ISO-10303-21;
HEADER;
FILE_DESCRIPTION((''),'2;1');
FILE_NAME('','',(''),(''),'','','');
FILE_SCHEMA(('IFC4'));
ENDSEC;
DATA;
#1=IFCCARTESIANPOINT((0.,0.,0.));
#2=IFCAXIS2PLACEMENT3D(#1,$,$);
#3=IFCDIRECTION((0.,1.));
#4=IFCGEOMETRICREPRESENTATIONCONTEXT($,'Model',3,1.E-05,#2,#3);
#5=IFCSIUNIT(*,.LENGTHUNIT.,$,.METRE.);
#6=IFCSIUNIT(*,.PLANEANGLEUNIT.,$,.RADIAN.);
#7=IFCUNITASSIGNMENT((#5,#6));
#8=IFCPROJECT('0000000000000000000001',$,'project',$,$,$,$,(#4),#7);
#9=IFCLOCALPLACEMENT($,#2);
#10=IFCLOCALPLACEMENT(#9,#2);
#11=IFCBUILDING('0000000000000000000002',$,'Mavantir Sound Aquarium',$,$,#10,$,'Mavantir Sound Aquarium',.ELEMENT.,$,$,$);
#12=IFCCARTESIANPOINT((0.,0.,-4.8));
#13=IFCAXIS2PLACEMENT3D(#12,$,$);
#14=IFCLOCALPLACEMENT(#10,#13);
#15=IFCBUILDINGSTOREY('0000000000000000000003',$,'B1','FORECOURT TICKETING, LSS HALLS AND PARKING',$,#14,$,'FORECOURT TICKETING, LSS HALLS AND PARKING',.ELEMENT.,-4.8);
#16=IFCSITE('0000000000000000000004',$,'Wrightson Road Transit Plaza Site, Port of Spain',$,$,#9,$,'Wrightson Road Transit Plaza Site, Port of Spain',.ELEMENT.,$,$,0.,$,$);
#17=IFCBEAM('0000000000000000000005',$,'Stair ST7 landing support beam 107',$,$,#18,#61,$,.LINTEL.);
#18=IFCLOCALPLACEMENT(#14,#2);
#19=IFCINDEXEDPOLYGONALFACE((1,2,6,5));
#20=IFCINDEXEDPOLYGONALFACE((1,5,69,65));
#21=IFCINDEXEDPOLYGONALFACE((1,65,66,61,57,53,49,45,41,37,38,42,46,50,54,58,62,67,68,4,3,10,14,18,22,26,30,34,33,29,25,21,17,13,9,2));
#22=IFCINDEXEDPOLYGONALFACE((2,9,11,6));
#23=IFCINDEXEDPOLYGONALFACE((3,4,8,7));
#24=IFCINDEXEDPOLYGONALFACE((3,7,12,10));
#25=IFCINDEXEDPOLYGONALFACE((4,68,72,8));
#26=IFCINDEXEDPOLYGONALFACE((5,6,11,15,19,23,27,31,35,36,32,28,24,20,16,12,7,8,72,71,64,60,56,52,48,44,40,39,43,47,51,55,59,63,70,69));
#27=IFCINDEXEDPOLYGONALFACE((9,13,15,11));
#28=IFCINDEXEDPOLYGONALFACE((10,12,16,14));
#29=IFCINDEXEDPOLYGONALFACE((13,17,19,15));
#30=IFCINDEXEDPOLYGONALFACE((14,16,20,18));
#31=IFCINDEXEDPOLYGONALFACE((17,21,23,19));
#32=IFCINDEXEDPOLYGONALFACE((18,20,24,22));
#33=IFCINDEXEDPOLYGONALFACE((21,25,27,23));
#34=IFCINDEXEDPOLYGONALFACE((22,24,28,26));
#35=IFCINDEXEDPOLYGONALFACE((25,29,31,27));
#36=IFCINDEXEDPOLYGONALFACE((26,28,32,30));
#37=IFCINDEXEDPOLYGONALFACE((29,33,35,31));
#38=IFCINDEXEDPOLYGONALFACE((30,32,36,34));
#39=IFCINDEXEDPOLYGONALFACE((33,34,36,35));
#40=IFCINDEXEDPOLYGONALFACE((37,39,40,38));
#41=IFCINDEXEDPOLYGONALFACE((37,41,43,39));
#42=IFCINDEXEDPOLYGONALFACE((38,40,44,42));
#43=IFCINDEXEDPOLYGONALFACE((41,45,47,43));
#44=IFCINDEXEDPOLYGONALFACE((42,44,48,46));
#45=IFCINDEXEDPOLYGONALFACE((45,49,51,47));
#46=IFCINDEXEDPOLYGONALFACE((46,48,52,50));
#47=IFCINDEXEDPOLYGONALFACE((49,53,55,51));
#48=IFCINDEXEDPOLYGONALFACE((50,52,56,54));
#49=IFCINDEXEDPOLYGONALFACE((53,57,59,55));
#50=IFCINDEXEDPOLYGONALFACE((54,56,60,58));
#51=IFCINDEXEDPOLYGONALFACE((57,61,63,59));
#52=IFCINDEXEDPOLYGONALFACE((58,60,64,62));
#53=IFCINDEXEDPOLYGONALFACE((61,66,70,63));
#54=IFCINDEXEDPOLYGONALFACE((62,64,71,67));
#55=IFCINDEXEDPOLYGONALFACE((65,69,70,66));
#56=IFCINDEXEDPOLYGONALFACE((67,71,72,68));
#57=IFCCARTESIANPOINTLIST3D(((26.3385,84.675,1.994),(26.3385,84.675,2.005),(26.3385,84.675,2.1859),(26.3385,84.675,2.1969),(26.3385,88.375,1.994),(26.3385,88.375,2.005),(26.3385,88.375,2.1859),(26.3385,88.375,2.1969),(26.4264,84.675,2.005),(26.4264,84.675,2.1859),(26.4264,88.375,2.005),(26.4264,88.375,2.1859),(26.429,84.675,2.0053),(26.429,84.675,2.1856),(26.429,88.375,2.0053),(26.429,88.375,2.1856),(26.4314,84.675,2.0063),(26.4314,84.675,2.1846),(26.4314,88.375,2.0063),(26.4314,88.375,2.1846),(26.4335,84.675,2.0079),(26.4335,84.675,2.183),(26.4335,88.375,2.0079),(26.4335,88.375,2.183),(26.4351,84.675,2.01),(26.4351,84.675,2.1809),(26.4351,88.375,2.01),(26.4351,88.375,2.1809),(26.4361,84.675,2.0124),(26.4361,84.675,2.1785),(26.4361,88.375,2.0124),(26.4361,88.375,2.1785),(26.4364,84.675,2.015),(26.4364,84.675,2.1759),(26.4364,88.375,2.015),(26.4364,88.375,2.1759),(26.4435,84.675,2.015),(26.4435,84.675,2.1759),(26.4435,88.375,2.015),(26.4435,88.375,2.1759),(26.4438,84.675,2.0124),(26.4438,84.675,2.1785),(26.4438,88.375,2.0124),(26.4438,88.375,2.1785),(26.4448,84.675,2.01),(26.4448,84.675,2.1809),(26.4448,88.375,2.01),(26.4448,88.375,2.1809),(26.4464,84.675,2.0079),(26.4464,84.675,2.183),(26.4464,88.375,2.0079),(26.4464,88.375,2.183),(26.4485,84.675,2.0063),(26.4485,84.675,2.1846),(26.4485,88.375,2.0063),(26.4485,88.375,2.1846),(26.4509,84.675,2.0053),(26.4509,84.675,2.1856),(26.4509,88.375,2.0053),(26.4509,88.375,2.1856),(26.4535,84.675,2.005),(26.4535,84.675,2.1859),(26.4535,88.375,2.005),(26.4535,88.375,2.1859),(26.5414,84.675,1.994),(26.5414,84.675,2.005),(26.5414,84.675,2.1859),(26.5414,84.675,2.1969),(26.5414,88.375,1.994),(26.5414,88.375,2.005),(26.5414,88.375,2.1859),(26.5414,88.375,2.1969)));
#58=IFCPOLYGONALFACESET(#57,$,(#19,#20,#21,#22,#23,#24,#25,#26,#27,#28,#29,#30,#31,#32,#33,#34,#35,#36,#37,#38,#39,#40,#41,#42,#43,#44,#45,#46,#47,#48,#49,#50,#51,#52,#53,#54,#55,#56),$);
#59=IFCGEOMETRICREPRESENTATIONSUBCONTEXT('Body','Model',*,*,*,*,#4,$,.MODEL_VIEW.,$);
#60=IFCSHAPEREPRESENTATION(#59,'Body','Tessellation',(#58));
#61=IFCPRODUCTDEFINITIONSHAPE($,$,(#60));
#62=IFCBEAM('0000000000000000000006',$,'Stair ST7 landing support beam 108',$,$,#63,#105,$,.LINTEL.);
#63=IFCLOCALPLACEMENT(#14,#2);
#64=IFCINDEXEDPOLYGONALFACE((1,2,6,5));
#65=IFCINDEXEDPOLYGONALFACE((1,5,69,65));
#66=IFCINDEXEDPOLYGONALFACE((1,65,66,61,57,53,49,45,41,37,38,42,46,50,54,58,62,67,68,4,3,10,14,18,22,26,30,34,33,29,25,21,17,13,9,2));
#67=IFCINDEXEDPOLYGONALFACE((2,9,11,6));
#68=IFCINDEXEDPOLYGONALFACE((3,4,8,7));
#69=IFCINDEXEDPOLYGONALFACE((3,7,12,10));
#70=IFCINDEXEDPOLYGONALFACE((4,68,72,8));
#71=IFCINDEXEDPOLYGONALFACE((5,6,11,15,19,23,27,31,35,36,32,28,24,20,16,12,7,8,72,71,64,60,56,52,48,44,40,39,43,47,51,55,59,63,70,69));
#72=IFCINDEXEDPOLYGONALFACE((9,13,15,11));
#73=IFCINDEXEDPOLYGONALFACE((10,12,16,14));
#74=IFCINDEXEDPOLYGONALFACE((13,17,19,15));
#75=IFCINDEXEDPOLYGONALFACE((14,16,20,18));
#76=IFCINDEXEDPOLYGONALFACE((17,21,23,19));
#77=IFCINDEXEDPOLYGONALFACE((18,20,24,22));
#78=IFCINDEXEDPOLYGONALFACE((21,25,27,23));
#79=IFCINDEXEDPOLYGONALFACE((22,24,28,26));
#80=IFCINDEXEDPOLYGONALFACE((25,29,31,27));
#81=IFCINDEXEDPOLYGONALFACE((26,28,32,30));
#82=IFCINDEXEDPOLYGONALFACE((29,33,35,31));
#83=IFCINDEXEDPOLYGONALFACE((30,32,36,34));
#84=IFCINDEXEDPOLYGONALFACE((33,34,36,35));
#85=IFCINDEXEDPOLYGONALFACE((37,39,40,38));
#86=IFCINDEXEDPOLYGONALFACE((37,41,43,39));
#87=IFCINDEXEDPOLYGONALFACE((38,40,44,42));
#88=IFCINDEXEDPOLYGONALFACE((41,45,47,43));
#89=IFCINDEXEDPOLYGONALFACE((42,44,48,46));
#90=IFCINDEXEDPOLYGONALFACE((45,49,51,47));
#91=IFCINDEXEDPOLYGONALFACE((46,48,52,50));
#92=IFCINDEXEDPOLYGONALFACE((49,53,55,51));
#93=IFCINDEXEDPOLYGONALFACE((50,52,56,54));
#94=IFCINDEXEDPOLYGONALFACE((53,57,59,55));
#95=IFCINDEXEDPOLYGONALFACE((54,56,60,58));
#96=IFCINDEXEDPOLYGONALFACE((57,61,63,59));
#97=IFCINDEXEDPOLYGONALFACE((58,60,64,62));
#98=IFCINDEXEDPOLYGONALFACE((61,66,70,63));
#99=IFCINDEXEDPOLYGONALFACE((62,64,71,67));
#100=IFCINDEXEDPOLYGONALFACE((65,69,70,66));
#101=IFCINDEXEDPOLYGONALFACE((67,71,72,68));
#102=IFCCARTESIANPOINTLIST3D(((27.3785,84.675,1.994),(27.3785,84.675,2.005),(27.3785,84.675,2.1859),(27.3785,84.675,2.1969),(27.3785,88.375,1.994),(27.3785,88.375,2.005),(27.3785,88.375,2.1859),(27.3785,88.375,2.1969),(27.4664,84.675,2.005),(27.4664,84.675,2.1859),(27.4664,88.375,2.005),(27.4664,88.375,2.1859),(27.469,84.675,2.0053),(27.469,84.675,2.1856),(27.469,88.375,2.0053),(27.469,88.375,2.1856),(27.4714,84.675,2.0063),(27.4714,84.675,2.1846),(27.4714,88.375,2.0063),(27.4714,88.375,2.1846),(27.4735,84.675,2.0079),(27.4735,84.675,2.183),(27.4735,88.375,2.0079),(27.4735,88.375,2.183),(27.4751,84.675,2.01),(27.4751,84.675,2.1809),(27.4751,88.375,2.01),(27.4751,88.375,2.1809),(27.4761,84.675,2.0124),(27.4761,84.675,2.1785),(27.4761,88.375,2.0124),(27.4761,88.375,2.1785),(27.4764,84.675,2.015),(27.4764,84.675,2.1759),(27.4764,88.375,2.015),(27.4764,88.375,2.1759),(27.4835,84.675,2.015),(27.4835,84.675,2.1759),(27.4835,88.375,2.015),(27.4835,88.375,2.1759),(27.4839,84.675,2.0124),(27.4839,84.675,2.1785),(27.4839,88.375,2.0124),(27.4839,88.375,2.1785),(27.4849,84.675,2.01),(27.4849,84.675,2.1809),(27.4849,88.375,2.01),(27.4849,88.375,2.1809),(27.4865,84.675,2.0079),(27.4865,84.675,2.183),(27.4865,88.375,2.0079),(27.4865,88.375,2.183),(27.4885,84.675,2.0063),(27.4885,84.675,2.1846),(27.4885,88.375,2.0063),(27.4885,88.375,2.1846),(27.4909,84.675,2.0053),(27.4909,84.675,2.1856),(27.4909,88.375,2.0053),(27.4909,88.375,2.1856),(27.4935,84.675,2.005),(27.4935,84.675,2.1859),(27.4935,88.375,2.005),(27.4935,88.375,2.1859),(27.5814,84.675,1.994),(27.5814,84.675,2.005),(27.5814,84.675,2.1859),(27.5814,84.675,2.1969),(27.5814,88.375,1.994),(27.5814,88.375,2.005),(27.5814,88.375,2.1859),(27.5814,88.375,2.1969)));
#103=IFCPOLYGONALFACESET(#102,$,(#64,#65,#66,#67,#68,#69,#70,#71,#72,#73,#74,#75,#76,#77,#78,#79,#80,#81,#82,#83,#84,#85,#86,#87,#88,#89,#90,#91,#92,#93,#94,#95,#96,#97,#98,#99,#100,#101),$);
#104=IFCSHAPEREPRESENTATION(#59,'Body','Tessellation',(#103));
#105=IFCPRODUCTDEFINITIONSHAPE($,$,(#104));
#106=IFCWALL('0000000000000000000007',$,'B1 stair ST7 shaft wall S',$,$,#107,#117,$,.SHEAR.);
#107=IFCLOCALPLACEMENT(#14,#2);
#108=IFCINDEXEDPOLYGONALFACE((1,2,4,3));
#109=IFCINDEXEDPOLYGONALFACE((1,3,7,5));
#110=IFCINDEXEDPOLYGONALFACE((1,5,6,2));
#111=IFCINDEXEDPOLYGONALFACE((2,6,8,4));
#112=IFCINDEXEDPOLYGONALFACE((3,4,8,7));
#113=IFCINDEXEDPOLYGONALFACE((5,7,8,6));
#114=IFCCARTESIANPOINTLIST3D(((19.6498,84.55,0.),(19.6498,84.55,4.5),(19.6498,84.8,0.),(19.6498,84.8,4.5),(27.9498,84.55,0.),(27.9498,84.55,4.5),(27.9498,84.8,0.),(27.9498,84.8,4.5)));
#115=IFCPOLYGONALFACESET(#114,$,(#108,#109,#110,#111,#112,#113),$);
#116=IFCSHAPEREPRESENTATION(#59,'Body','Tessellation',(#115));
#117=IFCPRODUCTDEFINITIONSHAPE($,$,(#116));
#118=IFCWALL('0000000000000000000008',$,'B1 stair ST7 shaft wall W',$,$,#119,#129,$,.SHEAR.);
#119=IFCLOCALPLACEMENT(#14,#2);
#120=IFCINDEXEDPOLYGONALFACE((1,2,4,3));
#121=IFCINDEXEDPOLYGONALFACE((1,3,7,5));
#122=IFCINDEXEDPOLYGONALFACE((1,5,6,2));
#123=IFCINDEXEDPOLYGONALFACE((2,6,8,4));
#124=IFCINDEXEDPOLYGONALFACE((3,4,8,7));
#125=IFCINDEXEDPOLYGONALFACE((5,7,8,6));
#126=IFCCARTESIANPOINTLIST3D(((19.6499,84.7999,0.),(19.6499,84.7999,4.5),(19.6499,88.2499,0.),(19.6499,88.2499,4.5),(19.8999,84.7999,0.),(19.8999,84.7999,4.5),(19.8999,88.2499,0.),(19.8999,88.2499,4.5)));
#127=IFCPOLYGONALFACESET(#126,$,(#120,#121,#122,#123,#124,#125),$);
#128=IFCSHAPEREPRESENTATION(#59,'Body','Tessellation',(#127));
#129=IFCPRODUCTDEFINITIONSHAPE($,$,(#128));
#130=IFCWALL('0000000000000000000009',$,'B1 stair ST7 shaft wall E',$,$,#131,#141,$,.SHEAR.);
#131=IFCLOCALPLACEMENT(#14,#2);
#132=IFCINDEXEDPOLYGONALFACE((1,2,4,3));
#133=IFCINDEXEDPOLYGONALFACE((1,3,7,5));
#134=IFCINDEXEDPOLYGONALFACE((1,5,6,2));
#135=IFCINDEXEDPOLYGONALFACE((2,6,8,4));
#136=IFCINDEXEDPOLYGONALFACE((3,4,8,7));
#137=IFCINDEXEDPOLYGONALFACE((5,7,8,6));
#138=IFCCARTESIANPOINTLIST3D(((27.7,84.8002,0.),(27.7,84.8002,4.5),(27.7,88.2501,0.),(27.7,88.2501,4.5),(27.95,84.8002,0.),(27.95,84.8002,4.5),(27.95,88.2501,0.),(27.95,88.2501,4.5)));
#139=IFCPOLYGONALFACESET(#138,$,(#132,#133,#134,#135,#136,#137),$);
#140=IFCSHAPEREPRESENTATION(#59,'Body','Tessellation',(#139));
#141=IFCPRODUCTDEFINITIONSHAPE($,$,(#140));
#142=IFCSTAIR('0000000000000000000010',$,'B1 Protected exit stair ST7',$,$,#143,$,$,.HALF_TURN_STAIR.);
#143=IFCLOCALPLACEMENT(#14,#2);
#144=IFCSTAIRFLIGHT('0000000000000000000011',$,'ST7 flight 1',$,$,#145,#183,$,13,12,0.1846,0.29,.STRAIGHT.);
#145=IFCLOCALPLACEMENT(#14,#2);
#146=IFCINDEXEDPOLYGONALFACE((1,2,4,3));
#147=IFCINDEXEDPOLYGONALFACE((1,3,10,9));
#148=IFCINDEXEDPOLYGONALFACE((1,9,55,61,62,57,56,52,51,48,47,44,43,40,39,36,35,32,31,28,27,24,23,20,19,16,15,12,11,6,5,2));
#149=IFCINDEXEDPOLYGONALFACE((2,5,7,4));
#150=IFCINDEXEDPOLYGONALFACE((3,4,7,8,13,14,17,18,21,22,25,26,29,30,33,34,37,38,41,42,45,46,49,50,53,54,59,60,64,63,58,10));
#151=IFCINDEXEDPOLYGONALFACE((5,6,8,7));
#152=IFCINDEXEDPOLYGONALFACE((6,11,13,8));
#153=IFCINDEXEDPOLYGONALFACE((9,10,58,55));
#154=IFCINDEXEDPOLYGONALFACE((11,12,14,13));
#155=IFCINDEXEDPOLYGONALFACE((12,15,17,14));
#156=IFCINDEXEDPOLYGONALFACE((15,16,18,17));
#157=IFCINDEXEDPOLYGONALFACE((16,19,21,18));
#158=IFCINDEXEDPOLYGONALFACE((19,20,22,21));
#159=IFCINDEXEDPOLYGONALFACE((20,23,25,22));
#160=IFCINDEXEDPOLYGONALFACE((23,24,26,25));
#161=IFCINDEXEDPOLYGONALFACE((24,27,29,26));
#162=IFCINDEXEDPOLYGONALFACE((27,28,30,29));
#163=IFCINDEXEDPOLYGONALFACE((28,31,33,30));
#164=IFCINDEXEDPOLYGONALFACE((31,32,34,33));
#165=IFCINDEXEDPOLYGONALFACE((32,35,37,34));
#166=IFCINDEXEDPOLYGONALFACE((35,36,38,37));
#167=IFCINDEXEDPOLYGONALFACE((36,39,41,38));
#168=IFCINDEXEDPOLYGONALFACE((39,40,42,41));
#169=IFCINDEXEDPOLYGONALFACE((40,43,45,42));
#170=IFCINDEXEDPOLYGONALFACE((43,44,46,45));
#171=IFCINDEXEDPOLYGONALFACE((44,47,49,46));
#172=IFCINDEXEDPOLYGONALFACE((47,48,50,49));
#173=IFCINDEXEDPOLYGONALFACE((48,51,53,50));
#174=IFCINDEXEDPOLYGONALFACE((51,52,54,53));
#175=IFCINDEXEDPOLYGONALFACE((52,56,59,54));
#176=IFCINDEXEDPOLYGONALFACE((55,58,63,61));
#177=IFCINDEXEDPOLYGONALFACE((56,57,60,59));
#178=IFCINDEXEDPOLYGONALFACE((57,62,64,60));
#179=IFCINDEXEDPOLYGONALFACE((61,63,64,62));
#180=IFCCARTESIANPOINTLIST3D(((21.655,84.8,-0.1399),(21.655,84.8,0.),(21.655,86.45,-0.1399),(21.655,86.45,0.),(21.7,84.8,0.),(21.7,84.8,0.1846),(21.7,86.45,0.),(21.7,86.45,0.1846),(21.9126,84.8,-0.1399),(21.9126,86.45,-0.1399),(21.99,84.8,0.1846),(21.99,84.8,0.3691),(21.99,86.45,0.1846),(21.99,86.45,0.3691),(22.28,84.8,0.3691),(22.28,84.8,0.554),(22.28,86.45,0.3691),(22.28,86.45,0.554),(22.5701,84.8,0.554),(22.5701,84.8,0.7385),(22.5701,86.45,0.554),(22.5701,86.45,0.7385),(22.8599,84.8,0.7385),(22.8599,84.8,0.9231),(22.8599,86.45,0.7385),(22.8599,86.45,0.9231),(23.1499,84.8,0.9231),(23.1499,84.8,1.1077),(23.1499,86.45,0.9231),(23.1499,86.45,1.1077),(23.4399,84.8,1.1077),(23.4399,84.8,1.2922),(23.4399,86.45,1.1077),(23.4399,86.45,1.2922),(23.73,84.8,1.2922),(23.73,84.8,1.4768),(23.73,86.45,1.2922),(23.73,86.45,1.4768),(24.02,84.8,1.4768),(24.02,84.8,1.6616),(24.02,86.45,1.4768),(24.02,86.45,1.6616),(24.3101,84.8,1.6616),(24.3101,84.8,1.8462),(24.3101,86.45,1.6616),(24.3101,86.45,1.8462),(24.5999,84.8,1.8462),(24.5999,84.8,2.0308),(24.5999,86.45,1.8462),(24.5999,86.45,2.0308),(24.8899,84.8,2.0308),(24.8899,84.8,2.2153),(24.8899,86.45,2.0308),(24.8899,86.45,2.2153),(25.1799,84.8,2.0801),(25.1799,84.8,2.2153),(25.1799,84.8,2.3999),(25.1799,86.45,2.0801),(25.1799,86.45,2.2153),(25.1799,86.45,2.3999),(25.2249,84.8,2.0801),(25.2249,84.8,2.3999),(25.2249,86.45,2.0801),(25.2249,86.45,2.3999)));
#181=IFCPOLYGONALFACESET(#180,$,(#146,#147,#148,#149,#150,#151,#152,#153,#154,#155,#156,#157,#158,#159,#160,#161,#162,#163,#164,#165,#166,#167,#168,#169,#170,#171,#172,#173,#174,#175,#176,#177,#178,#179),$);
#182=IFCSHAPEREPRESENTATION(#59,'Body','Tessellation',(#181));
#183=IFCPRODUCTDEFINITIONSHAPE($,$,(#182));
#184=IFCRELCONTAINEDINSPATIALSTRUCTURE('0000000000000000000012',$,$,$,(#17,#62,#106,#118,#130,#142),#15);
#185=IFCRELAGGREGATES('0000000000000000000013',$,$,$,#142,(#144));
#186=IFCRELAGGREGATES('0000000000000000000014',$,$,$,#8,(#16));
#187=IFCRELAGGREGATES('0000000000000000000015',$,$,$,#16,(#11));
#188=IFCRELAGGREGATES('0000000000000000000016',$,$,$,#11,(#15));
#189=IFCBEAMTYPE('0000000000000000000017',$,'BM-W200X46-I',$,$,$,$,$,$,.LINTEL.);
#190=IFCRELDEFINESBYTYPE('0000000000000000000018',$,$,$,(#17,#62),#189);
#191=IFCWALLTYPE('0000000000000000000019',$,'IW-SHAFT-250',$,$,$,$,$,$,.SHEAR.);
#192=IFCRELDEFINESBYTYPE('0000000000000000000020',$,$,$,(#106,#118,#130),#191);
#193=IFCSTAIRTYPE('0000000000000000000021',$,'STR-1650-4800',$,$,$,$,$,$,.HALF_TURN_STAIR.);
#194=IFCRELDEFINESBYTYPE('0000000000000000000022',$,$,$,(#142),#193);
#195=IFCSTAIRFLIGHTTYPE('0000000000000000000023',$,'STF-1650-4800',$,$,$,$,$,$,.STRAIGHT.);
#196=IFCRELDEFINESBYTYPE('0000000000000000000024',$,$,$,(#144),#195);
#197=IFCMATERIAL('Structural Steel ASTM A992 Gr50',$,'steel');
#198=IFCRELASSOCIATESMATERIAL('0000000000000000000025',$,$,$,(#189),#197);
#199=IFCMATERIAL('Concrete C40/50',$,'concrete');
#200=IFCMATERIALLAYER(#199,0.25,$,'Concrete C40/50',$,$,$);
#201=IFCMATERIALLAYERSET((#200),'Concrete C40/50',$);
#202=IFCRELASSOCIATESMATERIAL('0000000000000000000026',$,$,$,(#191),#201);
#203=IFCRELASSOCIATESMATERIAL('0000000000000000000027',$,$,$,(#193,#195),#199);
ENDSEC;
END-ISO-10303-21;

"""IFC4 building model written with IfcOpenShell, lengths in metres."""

from ifc_helpers import new_model, si_unit, direction, frame, frame_2d, origin, origin_2d, place, context, subcontext, project, spatial, polyline, rectangle, i_section, outline, extrude, material, layer, layer_set, material_profile, profile_set, type_object, element, aggregate, save


model = new_model("IFC4")

# Units and contexts
model_context = context("Model", 3, precision=1e-05, world=origin(), true_north=direction((0.0, 1.0)))
body_context = subcontext(model_context, "Body", "Model", "MODEL_VIEW")
ifc_project = project(units=[si_unit("LENGTHUNIT", "METRE"), si_unit("PLANEANGLEUNIT", "RADIAN")], contexts=[model_context])

# Site, building, storey
site_placement = place(None, origin())
site = spatial("IfcSite", under=ifc_project, at=site_placement, Name="Wrightson Road Transit Plaza Site, Port of Spain", LongName="Wrightson Road Transit Plaza Site, Port of Spain", CompositionType="ELEMENT", RefElevation=0.0)
building_placement = place(site_placement, origin())
building = spatial("IfcBuilding", under=site, at=building_placement, Name="Mavantir Sound Aquarium", LongName="Mavantir Sound Aquarium", CompositionType="ELEMENT")
storey_placement = place(building_placement, frame((0.0, 0.0, -4.8)))
storey = spatial("IfcBuildingStorey", under=building, at=storey_placement, Name="B1", Description="FORECOURT TICKETING, LSS HALLS AND PARKING", LongName="FORECOURT TICKETING, LSS HALLS AND PARKING", CompositionType="ELEMENT", Elevation=-4.8)

# Shared definitions
ifc_material_1 = material(Name="Concrete C40/50", Category="concrete")

# Beams
ifc_material_2 = material(Name="Structural Steel ASTM A992 Gr50", Category="steel")
ifc_material_profile_1 = material_profile(ifc_material_2, i_section(OverallWidth=0.2029, OverallDepth=0.2029, WebThickness=0.0071, FlangeThickness=0.011, FilletRadius=0.01, at=origin_2d()), Name="W200X46")
ifc_profile_set_1 = profile_set([ifc_material_profile_1], Name="Structural Steel ASTM A992 Gr50")
beam_type_1 = type_object("IfcBeamType", Name="BM-W200X46-I", PredefinedType="LINTEL", material=ifc_profile_set_1)
for number, where, z_axis, x_axis, name in (
    (1, (26.4399, 84.675, 2.0955), (0.0, 1.0, 0.0), (-1.0, 0.0, 0.0), "Stair ST7 landing support beam 107"),
    (2, (27.48, 84.675, 2.0955), (0.0, 1.0, 0.0), (-1.0, 0.0, 0.0), "Stair ST7 landing support beam 108"),
):
    element("IfcBeam", number, at=place(storey_placement, frame(where, z_axis=z_axis, x_axis=x_axis)), inside=storey, type_object=beam_type_1, Name=name, PredefinedType="LINTEL", context=body_context, shape_type="SweptSolid", body=[
        extrude(i_section(OverallWidth=0.2029, OverallDepth=0.2029, WebThickness=0.0071, FlangeThickness=0.011, FilletRadius=0.01, at=origin_2d()), origin(), (0.0, 0.0, 1.0), 3.7),
    ])

# Walls
ifc_layer = layer(ifc_material_1, 0.25, Name="Concrete C40/50")
ifc_layer_set = layer_set([ifc_layer], Name="Concrete C40/50")
wall_type = type_object("IfcWallType", Name="IW-SHAFT-250", PredefinedType="SHEAR", material=ifc_layer_set)
wall_placement = place(storey_placement, frame((19.6499, 84.675, 0.0), z_axis=(0.0, 0.0, 1.0), x_axis=(1.0, 0.0, 0.0)))
element("IfcWall", 3, at=wall_placement, inside=storey, type_object=wall_type, Name="B1 stair ST7 shaft wall S", PredefinedType="SHEAR", context=body_context, shape_type="SweptSolid", body=[
    extrude(rectangle(XDim=8.3, YDim=0.25, at=frame_2d((4.1499, 0.0))), origin(), (0.0, 0.0, 1.0), 4.5),
])
for number, where, z_axis, x_axis, name in (
    (4, (19.7749, 88.25, 0.0), (0.0, 0.0, 1.0), (0.0, -1.0, 0.0), "B1 stair ST7 shaft wall W"),
    (5, (27.825, 84.8, 0.0), (0.0, 0.0, 1.0), (0.0, 1.0, 0.0), "B1 stair ST7 shaft wall E"),
):
    element("IfcWall", number, at=place(storey_placement, frame(where, z_axis=z_axis, x_axis=x_axis)), inside=storey, type_object=wall_type, Name=name, PredefinedType="SHEAR", context=body_context, shape_type="SweptSolid", body=[
        extrude(rectangle(XDim=3.45, YDim=0.25, at=frame_2d((1.7251, 0.0))), origin(), (0.0, 0.0, 1.0), 4.5),
    ])

# Stair, stair flight
stair_type = type_object("IfcStairType", Name="STR-1650-4800", PredefinedType="HALF_TURN_STAIR", material=ifc_material_1)
stair_placement = place(storey_placement, origin())
stair = element("IfcStair", 6, at=stair_placement, inside=storey, type_object=stair_type, Name="B1 Protected exit stair ST7", PredefinedType="HALF_TURN_STAIR")
stair_flight_type = type_object("IfcStairFlightType", Name="STF-1650-4800", PredefinedType="STRAIGHT", material=ifc_material_1)
stair_flight_1_placement = place(storey_placement, frame((21.7, 85.625, 0.0), z_axis=(0.0, 0.0, 1.0), x_axis=(1.0, 0.0, 0.0)))
stair_flight_1 = element("IfcStairFlight", 7, at=stair_flight_1_placement, type_object=stair_flight_type, Name="ST7 flight 1", NumberOfRisers=13, NumberOfTreads=12, PredefinedType="STRAIGHT", RiserHeight=0.1846, TreadLength=0.29, context=body_context, shape_type="SweptSolid", body=[
    extrude(outline(polyline([(-0.0449, -0.1399), (-0.0449, 0.0), (0.0, 0.0), (0.0, 0.1846), (0.29, 0.1846), (0.29, 0.3691), (0.5801, 0.3691), (0.5801, 0.554), (0.8701, 0.554), (0.8701, 0.7385), (1.1599, 0.7385), (1.1599, 0.9231), (1.45, 0.9231), (1.45, 1.1077), (1.74, 1.1077), (1.74, 1.2922), (2.03, 1.2922), (2.03, 1.4768), (2.3201, 1.4768), (2.3201, 1.6616), (2.6101, 1.6616), (2.6101, 1.8462), (2.8999, 1.8462), (2.8999, 2.0308), (3.1899, 2.0308), (3.1899, 2.2153), (3.48, 2.2153), (3.48, 2.3999), (3.5249, 2.3999), (3.5249, 2.0801), (3.48, 2.0801), (0.2126, -0.1399), (-0.0449, -0.1399)])), frame((0.0, 0.825, 0.0), z_axis=(0.0, -1.0, 0.0), x_axis=(1.0, 0.0, 0.0)), (0.0, 0.0, 1.0), 1.6499),
])
aggregate(stair, [stair_flight_1])

save(model, "model.ifc")
